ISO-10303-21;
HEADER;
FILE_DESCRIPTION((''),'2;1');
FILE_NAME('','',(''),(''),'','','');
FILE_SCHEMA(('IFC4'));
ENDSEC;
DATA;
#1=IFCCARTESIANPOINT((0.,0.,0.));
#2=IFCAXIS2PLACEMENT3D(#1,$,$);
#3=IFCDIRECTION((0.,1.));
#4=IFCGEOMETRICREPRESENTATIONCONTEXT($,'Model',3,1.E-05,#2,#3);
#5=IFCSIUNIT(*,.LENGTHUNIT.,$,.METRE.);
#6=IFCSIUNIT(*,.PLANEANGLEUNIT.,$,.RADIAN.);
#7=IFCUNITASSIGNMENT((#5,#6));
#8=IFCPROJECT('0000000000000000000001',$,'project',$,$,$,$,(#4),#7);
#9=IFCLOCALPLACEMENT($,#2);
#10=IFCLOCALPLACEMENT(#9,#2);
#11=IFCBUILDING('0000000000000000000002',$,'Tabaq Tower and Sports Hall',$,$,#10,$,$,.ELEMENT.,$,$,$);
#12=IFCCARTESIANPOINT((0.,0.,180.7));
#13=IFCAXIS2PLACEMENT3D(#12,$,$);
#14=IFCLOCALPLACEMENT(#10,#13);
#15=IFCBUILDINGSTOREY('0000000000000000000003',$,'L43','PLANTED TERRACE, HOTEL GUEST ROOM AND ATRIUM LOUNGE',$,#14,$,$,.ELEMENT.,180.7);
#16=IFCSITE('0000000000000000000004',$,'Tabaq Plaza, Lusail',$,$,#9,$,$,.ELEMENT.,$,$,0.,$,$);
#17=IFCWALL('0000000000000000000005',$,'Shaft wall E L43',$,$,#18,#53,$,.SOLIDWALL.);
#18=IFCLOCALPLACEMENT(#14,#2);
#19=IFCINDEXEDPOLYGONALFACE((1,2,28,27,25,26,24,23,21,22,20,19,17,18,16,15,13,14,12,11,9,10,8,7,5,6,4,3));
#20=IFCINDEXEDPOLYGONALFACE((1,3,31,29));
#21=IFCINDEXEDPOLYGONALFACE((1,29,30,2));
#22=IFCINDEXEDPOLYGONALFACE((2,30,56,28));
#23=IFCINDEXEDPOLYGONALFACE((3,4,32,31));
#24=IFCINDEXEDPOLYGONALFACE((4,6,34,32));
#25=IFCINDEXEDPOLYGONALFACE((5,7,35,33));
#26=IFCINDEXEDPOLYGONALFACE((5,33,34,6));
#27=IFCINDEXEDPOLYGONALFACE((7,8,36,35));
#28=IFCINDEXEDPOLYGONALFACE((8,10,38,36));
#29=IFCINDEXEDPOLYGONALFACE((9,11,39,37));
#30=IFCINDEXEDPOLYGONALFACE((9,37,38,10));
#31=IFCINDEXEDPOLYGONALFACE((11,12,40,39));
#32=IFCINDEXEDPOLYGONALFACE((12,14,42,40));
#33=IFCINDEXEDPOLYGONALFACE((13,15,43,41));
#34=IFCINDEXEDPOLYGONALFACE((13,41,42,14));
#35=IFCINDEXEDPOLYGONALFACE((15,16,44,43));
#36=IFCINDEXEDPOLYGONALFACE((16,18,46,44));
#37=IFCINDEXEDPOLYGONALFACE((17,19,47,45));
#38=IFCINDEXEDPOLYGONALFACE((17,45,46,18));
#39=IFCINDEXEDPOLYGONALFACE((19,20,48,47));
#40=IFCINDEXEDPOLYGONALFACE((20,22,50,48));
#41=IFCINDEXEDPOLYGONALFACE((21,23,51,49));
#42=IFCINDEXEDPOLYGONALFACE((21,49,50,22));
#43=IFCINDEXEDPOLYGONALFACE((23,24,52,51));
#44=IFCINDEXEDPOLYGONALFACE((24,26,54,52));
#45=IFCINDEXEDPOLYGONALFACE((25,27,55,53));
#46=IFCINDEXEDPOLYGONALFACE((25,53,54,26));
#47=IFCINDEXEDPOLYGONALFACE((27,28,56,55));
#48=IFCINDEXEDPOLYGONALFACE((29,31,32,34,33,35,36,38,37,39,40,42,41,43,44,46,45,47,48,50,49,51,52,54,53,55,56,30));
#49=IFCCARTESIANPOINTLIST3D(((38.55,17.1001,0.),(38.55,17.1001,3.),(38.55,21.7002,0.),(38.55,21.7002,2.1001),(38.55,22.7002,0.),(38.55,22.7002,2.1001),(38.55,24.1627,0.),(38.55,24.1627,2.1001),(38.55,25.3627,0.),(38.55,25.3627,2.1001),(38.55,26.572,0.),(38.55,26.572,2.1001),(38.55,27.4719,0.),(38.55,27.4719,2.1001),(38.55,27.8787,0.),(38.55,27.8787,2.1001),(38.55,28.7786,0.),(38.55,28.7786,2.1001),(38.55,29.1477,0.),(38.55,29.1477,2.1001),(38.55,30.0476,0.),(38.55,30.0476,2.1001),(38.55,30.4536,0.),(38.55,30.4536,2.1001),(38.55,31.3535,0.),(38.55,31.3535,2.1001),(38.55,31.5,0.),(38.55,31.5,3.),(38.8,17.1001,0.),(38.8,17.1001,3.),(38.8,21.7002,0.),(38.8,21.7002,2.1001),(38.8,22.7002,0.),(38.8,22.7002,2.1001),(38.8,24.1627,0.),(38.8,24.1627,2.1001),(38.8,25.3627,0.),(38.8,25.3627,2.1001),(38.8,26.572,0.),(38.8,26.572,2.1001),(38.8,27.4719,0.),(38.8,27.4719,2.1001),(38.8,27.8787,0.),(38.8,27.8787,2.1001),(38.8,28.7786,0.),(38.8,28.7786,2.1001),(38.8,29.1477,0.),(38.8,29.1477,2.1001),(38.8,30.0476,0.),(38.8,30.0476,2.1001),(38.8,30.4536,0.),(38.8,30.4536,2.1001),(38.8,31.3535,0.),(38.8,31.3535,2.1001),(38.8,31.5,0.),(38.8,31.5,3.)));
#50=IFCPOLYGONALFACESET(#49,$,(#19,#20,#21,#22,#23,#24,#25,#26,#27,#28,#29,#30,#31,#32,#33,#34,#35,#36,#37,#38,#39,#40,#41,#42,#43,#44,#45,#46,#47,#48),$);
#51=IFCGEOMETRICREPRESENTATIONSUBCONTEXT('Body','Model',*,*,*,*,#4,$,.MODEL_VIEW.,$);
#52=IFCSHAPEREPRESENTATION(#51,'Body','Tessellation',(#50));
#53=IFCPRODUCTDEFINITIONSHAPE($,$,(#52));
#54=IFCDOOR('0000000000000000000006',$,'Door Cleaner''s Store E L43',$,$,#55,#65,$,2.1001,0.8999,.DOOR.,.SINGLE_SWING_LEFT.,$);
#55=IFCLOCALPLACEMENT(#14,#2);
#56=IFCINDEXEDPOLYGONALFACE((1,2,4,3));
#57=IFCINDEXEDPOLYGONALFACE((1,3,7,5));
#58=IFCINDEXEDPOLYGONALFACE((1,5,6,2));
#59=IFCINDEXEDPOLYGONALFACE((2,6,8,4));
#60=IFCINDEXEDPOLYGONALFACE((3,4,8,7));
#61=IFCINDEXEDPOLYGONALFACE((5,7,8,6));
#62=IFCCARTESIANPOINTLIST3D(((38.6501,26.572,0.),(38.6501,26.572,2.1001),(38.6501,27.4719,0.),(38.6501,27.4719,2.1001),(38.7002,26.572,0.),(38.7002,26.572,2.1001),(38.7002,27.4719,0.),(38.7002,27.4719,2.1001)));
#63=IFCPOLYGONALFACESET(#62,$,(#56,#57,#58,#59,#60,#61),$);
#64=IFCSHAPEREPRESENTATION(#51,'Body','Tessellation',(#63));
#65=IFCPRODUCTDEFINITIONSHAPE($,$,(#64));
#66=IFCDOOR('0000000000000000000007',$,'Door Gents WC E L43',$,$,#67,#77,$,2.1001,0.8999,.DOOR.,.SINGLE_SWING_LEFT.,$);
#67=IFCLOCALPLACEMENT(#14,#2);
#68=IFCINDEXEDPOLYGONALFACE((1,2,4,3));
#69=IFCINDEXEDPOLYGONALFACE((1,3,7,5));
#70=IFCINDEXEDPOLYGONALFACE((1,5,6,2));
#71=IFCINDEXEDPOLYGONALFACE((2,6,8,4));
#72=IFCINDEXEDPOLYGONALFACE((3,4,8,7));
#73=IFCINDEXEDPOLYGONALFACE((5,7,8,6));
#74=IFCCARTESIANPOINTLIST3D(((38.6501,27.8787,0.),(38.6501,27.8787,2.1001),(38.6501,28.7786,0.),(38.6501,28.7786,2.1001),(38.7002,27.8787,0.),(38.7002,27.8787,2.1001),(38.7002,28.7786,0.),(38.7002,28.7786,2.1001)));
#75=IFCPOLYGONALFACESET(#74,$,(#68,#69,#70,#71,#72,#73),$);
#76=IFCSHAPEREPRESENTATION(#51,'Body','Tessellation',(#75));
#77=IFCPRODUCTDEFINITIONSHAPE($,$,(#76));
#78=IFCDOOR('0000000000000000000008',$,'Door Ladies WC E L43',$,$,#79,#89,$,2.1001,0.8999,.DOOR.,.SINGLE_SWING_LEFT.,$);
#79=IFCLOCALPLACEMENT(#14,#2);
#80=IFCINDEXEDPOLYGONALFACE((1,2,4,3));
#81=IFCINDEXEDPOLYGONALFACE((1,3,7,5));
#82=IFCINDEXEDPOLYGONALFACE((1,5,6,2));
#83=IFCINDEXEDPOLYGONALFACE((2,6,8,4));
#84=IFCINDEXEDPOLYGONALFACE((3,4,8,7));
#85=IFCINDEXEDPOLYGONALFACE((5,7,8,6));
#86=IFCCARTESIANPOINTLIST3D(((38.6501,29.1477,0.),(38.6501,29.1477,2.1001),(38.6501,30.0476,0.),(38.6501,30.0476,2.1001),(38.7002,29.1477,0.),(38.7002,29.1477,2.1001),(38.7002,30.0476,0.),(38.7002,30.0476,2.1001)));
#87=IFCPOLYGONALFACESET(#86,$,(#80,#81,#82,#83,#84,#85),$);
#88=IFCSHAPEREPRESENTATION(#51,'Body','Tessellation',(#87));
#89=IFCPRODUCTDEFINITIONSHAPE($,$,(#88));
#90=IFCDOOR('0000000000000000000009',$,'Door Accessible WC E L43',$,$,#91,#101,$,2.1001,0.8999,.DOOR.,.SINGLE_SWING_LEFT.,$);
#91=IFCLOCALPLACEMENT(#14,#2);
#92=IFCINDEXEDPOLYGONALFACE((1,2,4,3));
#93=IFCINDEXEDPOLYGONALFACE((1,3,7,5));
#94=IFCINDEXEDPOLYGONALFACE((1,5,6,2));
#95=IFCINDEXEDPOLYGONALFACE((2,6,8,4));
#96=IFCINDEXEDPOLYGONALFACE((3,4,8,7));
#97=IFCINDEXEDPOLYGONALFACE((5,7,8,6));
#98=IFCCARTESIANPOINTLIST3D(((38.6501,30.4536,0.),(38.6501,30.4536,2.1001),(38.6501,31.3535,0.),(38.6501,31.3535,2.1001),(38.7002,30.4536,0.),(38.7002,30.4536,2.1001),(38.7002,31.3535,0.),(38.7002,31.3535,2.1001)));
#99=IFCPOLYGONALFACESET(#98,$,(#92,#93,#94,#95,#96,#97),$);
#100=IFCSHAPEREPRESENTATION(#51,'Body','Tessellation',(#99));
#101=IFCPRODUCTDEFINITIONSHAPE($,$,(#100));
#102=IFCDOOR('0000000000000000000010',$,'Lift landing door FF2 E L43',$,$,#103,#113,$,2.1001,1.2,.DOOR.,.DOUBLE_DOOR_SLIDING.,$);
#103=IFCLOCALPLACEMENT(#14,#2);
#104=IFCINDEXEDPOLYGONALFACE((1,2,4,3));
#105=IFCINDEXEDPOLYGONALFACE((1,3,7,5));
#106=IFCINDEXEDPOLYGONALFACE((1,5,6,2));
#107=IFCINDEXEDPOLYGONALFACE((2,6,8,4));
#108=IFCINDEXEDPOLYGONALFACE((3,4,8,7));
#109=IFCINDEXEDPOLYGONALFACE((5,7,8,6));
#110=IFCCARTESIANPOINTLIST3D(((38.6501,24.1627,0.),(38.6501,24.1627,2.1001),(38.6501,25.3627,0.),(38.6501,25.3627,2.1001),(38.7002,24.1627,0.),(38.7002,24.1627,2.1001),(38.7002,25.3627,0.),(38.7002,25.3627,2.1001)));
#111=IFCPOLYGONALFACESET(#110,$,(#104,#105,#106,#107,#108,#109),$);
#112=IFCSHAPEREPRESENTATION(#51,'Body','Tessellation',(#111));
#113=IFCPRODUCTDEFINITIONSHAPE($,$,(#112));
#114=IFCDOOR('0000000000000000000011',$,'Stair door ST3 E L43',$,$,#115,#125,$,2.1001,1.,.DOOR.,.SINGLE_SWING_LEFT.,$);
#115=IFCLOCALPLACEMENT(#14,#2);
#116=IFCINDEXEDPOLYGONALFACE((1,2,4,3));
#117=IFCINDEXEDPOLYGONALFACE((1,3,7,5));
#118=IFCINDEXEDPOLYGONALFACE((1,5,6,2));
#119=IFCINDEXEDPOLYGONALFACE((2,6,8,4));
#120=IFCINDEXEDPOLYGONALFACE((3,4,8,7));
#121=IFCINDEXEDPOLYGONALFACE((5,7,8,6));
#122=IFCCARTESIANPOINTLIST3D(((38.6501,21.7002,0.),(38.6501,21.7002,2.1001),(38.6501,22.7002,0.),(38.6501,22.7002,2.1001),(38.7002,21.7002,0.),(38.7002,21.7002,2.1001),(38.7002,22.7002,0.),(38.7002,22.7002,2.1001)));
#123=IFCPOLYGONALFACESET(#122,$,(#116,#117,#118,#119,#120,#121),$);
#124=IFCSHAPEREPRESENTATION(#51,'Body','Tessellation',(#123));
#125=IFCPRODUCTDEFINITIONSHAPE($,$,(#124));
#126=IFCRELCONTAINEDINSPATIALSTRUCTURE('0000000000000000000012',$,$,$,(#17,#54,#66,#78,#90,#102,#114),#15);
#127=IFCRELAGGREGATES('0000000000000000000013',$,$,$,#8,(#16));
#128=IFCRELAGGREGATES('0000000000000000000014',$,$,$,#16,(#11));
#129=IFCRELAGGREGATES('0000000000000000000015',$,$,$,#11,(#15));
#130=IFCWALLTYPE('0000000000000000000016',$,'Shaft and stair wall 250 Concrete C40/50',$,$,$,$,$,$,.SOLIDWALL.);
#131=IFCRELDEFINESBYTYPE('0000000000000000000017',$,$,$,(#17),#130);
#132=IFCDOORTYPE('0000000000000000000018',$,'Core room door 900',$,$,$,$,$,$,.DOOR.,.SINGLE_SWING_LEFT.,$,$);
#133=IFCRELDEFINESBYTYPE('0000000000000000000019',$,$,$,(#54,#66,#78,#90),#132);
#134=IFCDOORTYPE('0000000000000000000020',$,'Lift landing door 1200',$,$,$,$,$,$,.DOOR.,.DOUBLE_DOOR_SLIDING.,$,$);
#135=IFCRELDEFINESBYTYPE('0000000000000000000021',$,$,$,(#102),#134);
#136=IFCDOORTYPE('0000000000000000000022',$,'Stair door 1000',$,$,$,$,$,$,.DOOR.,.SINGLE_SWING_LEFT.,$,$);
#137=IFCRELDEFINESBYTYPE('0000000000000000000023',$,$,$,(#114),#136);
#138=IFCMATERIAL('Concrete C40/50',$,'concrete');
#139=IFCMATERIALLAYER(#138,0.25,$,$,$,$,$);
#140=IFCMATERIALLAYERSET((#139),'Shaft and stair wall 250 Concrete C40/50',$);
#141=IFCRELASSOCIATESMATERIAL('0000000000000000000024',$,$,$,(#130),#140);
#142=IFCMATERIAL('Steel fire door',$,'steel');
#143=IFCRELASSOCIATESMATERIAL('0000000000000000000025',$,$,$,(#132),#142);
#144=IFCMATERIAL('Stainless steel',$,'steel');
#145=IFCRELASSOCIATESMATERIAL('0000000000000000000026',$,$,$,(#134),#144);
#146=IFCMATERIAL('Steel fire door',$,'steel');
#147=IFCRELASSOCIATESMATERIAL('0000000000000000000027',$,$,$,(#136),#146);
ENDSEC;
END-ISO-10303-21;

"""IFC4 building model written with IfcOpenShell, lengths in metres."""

from ifc_helpers import new_model, si_unit, direction, frame, frame_2d, origin, place, context, subcontext, project, spatial, rectangle, extrude, material, layer, layer_set, type_object, element, fill, save


model = new_model("IFC4")

# Units and contexts
model_context = context("Model", 3, precision=1e-05, world=origin(), true_north=direction((0.0, 1.0)))
body_context = subcontext(model_context, "Body", "Model", "MODEL_VIEW")
ifc_project = project(units=[si_unit("LENGTHUNIT", "METRE"), si_unit("PLANEANGLEUNIT", "RADIAN")], contexts=[model_context])

# Site, building, storey
site_placement = place(None, origin())
site = spatial("IfcSite", under=ifc_project, at=site_placement, Name="Tabaq Plaza, Lusail", CompositionType="ELEMENT", RefElevation=0.0)
building_placement = place(site_placement, origin())
building = spatial("IfcBuilding", under=site, at=building_placement, Name="Tabaq Tower and Sports Hall", CompositionType="ELEMENT")
storey_placement = place(building_placement, frame((0.0, 0.0, 180.7)))
storey = spatial("IfcBuildingStorey", under=building, at=storey_placement, Name="L43", Description="PLANTED TERRACE, HOTEL GUEST ROOM AND ATRIUM LOUNGE", CompositionType="ELEMENT", Elevation=180.7)

# Wall, openings, doors
ifc_material_1 = material(Name="Concrete C40/50", Category="concrete")
ifc_layer_1 = layer(ifc_material_1, 0.25)
ifc_layer_set_1 = layer_set([ifc_layer_1], Name="Shaft and stair wall 250 Concrete C40/50")
wall_type_1 = type_object("IfcWallType", Name="Shaft and stair wall 250 Concrete C40/50", PredefinedType="SOLIDWALL", material=ifc_layer_set_1)
wall_1_placement = place(storey_placement, frame((38.675, 17.1001, 0.0), z_axis=(0.0, 0.0, 1.0), x_axis=(0.0, 1.0, 0.0)))
wall_1 = element("IfcWall", 1, at=wall_1_placement, inside=storey, type_object=wall_type_1, Name="Shaft wall E L43", PredefinedType="SOLIDWALL", context=body_context, shape_type="SweptSolid", body=[
    extrude(rectangle(XDim=14.3999, YDim=0.25, at=frame_2d((7.2, 0.0))), origin(), (0.0, 0.0, 1.0), 3.0),
])
opening_1_placement = place(wall_1_placement, frame((4.6001, 0.0, 0.0)))
opening_1 = element("IfcOpeningElement", 2, at=opening_1_placement, cuts=wall_1, PredefinedType="OPENING", context=body_context, shape_type="SweptSolid", body=[
    extrude(rectangle(XDim=1.0, YDim=2.1001, at=frame_2d((0.5, 1.05))), frame((0.0, 0.125, 0.0), z_axis=(0.0, -1.0, 0.0), x_axis=(1.0, 0.0, 0.0)), (0.0, 0.0, 1.0), 0.25),
])
opening_2_placement = place(wall_1_placement, frame((7.0625, 0.0, 0.0)))
opening_2 = element("IfcOpeningElement", 3, at=opening_2_placement, cuts=wall_1, PredefinedType="OPENING", context=body_context, shape_type="SweptSolid", body=[
    extrude(rectangle(XDim=1.2, YDim=2.1001, at=frame_2d((0.6001, 1.05))), frame((0.0, 0.125, 0.0), z_axis=(0.0, -1.0, 0.0), x_axis=(1.0, 0.0, 0.0)), (0.0, 0.0, 1.0), 0.25),
])
opening_3_placement = place(wall_1_placement, frame((9.4719, 0.0, 0.0)))
opening_3 = element("IfcOpeningElement", 4, at=opening_3_placement, cuts=wall_1, PredefinedType="OPENING", context=body_context, shape_type="SweptSolid", body=[
    extrude(rectangle(XDim=0.8999, YDim=2.1001, at=frame_2d((0.45, 1.05))), frame((0.0, 0.125, 0.0), z_axis=(0.0, -1.0, 0.0), x_axis=(1.0, 0.0, 0.0)), (0.0, 0.0, 1.0), 0.25),
])
opening_4_placement = place(wall_1_placement, frame((10.7786, 0.0, 0.0)))
opening_4 = element("IfcOpeningElement", 5, at=opening_4_placement, cuts=wall_1, PredefinedType="OPENING", context=body_context, shape_type="SweptSolid", body=[
    extrude(rectangle(XDim=0.8999, YDim=2.1001, at=frame_2d((0.45, 1.05))), frame((0.0, 0.125, 0.0), z_axis=(0.0, -1.0, 0.0), x_axis=(1.0, 0.0, 0.0)), (0.0, 0.0, 1.0), 0.25),
])
opening_5_placement = place(wall_1_placement, frame((12.0476, 0.0, 0.0)))
opening_5 = element("IfcOpeningElement", 6, at=opening_5_placement, cuts=wall_1, PredefinedType="OPENING", context=body_context, shape_type="SweptSolid", body=[
    extrude(rectangle(XDim=0.8999, YDim=2.1001, at=frame_2d((0.45, 1.05))), frame((0.0, 0.125, 0.0), z_axis=(0.0, -1.0, 0.0), x_axis=(1.0, 0.0, 0.0)), (0.0, 0.0, 1.0), 0.25),
])
opening_6_placement = place(wall_1_placement, frame((13.3535, 0.0, 0.0)))
opening_6 = element("IfcOpeningElement", 7, at=opening_6_placement, cuts=wall_1, PredefinedType="OPENING", context=body_context, shape_type="SweptSolid", body=[
    extrude(rectangle(XDim=0.8999, YDim=2.1001, at=frame_2d((0.45, 1.05))), frame((0.0, 0.125, 0.0), z_axis=(0.0, -1.0, 0.0), x_axis=(1.0, 0.0, 0.0)), (0.0, 0.0, 1.0), 0.25),
])
ifc_material_2 = material(Name="Steel fire door", Category="steel")
door_type_1 = type_object("IfcDoorType", Name="Core room door 900", OperationType="SINGLE_SWING_LEFT", PredefinedType="DOOR", material=ifc_material_2)
door_1_placement = place(opening_3_placement, origin())
door_1 = element("IfcDoor", 8, at=door_1_placement, inside=storey, type_object=door_type_1, Name="Door Cleaner's Store E L43", OperationType="SINGLE_SWING_LEFT", OverallHeight=2.1001, OverallWidth=0.8999, PredefinedType="DOOR", context=body_context, shape_type="SweptSolid", body=[
    extrude(rectangle(XDim=0.8999, YDim=2.1001, at=frame_2d((0.45, 1.05))), frame((0.0, 0.0249, 0.0), z_axis=(0.0, -1.0, 0.0), x_axis=(1.0, 0.0, 0.0)), (0.0, 0.0, 1.0), 0.05),
])
fill(opening_3, door_1)
door_2_placement = place(opening_4_placement, origin())
door_2 = element("IfcDoor", 9, at=door_2_placement, inside=storey, type_object=door_type_1, Name="Door Gents WC E L43", OperationType="SINGLE_SWING_LEFT", OverallHeight=2.1001, OverallWidth=0.8999, PredefinedType="DOOR", context=body_context, shape_type="SweptSolid", body=[
    extrude(rectangle(XDim=0.8999, YDim=2.1001, at=frame_2d((0.45, 1.05))), frame((0.0, 0.0249, 0.0), z_axis=(0.0, -1.0, 0.0), x_axis=(1.0, 0.0, 0.0)), (0.0, 0.0, 1.0), 0.05),
])
fill(opening_4, door_2)
door_3_placement = place(opening_5_placement, origin())
door_3 = element("IfcDoor", 10, at=door_3_placement, inside=storey, type_object=door_type_1, Name="Door Ladies WC E L43", OperationType="SINGLE_SWING_LEFT", OverallHeight=2.1001, OverallWidth=0.8999, PredefinedType="DOOR", context=body_context, shape_type="SweptSolid", body=[
    extrude(rectangle(XDim=0.8999, YDim=2.1001, at=frame_2d((0.45, 1.05))), frame((0.0, 0.0249, 0.0), z_axis=(0.0, -1.0, 0.0), x_axis=(1.0, 0.0, 0.0)), (0.0, 0.0, 1.0), 0.05),
])
fill(opening_5, door_3)
door_4_placement = place(opening_6_placement, origin())
door_4 = element("IfcDoor", 11, at=door_4_placement, inside=storey, type_object=door_type_1, Name="Door Accessible WC E L43", OperationType="SINGLE_SWING_LEFT", OverallHeight=2.1001, OverallWidth=0.8999, PredefinedType="DOOR", context=body_context, shape_type="SweptSolid", body=[
    extrude(rectangle(XDim=0.8999, YDim=2.1001, at=frame_2d((0.45, 1.05))), frame((0.0, 0.0249, 0.0), z_axis=(0.0, -1.0, 0.0), x_axis=(1.0, 0.0, 0.0)), (0.0, 0.0, 1.0), 0.05),
])
fill(opening_6, door_4)
ifc_material_3 = material(Name="Stainless steel", Category="steel")
door_type_2 = type_object("IfcDoorType", Name="Lift landing door 1200", OperationType="DOUBLE_DOOR_SLIDING", PredefinedType="DOOR", material=ifc_material_3)
door_5_placement = place(opening_2_placement, origin())
door_5 = element("IfcDoor", 12, at=door_5_placement, inside=storey, type_object=door_type_2, Name="Lift landing door FF2 E L43", OperationType="DOUBLE_DOOR_SLIDING", OverallHeight=2.1001, OverallWidth=1.2, PredefinedType="DOOR", context=body_context, shape_type="SweptSolid", body=[
    extrude(rectangle(XDim=1.2, YDim=2.1001, at=frame_2d((0.6001, 1.05))), frame((0.0, 0.0249, 0.0), z_axis=(0.0, -1.0, 0.0), x_axis=(1.0, 0.0, 0.0)), (0.0, 0.0, 1.0), 0.05),
])
fill(opening_2, door_5)
ifc_material_4 = material(Name="Steel fire door", Category="steel")
door_type_3 = type_object("IfcDoorType", Name="Stair door 1000", OperationType="SINGLE_SWING_LEFT", PredefinedType="DOOR", material=ifc_material_4)
door_6_placement = place(opening_1_placement, origin())
door_6 = element("IfcDoor", 13, at=door_6_placement, inside=storey, type_object=door_type_3, Name="Stair door ST3 E L43", OperationType="SINGLE_SWING_LEFT", OverallHeight=2.1001, OverallWidth=1.0, PredefinedType="DOOR", context=body_context, shape_type="SweptSolid", body=[
    extrude(rectangle(XDim=1.0, YDim=2.1001, at=frame_2d((0.5, 1.05))), frame((0.0, 0.0249, 0.0), z_axis=(0.0, -1.0, 0.0), x_axis=(1.0, 0.0, 0.0)), (0.0, 0.0, 1.0), 0.05),
])
fill(opening_1, door_6)

save(model, "model.ifc")
